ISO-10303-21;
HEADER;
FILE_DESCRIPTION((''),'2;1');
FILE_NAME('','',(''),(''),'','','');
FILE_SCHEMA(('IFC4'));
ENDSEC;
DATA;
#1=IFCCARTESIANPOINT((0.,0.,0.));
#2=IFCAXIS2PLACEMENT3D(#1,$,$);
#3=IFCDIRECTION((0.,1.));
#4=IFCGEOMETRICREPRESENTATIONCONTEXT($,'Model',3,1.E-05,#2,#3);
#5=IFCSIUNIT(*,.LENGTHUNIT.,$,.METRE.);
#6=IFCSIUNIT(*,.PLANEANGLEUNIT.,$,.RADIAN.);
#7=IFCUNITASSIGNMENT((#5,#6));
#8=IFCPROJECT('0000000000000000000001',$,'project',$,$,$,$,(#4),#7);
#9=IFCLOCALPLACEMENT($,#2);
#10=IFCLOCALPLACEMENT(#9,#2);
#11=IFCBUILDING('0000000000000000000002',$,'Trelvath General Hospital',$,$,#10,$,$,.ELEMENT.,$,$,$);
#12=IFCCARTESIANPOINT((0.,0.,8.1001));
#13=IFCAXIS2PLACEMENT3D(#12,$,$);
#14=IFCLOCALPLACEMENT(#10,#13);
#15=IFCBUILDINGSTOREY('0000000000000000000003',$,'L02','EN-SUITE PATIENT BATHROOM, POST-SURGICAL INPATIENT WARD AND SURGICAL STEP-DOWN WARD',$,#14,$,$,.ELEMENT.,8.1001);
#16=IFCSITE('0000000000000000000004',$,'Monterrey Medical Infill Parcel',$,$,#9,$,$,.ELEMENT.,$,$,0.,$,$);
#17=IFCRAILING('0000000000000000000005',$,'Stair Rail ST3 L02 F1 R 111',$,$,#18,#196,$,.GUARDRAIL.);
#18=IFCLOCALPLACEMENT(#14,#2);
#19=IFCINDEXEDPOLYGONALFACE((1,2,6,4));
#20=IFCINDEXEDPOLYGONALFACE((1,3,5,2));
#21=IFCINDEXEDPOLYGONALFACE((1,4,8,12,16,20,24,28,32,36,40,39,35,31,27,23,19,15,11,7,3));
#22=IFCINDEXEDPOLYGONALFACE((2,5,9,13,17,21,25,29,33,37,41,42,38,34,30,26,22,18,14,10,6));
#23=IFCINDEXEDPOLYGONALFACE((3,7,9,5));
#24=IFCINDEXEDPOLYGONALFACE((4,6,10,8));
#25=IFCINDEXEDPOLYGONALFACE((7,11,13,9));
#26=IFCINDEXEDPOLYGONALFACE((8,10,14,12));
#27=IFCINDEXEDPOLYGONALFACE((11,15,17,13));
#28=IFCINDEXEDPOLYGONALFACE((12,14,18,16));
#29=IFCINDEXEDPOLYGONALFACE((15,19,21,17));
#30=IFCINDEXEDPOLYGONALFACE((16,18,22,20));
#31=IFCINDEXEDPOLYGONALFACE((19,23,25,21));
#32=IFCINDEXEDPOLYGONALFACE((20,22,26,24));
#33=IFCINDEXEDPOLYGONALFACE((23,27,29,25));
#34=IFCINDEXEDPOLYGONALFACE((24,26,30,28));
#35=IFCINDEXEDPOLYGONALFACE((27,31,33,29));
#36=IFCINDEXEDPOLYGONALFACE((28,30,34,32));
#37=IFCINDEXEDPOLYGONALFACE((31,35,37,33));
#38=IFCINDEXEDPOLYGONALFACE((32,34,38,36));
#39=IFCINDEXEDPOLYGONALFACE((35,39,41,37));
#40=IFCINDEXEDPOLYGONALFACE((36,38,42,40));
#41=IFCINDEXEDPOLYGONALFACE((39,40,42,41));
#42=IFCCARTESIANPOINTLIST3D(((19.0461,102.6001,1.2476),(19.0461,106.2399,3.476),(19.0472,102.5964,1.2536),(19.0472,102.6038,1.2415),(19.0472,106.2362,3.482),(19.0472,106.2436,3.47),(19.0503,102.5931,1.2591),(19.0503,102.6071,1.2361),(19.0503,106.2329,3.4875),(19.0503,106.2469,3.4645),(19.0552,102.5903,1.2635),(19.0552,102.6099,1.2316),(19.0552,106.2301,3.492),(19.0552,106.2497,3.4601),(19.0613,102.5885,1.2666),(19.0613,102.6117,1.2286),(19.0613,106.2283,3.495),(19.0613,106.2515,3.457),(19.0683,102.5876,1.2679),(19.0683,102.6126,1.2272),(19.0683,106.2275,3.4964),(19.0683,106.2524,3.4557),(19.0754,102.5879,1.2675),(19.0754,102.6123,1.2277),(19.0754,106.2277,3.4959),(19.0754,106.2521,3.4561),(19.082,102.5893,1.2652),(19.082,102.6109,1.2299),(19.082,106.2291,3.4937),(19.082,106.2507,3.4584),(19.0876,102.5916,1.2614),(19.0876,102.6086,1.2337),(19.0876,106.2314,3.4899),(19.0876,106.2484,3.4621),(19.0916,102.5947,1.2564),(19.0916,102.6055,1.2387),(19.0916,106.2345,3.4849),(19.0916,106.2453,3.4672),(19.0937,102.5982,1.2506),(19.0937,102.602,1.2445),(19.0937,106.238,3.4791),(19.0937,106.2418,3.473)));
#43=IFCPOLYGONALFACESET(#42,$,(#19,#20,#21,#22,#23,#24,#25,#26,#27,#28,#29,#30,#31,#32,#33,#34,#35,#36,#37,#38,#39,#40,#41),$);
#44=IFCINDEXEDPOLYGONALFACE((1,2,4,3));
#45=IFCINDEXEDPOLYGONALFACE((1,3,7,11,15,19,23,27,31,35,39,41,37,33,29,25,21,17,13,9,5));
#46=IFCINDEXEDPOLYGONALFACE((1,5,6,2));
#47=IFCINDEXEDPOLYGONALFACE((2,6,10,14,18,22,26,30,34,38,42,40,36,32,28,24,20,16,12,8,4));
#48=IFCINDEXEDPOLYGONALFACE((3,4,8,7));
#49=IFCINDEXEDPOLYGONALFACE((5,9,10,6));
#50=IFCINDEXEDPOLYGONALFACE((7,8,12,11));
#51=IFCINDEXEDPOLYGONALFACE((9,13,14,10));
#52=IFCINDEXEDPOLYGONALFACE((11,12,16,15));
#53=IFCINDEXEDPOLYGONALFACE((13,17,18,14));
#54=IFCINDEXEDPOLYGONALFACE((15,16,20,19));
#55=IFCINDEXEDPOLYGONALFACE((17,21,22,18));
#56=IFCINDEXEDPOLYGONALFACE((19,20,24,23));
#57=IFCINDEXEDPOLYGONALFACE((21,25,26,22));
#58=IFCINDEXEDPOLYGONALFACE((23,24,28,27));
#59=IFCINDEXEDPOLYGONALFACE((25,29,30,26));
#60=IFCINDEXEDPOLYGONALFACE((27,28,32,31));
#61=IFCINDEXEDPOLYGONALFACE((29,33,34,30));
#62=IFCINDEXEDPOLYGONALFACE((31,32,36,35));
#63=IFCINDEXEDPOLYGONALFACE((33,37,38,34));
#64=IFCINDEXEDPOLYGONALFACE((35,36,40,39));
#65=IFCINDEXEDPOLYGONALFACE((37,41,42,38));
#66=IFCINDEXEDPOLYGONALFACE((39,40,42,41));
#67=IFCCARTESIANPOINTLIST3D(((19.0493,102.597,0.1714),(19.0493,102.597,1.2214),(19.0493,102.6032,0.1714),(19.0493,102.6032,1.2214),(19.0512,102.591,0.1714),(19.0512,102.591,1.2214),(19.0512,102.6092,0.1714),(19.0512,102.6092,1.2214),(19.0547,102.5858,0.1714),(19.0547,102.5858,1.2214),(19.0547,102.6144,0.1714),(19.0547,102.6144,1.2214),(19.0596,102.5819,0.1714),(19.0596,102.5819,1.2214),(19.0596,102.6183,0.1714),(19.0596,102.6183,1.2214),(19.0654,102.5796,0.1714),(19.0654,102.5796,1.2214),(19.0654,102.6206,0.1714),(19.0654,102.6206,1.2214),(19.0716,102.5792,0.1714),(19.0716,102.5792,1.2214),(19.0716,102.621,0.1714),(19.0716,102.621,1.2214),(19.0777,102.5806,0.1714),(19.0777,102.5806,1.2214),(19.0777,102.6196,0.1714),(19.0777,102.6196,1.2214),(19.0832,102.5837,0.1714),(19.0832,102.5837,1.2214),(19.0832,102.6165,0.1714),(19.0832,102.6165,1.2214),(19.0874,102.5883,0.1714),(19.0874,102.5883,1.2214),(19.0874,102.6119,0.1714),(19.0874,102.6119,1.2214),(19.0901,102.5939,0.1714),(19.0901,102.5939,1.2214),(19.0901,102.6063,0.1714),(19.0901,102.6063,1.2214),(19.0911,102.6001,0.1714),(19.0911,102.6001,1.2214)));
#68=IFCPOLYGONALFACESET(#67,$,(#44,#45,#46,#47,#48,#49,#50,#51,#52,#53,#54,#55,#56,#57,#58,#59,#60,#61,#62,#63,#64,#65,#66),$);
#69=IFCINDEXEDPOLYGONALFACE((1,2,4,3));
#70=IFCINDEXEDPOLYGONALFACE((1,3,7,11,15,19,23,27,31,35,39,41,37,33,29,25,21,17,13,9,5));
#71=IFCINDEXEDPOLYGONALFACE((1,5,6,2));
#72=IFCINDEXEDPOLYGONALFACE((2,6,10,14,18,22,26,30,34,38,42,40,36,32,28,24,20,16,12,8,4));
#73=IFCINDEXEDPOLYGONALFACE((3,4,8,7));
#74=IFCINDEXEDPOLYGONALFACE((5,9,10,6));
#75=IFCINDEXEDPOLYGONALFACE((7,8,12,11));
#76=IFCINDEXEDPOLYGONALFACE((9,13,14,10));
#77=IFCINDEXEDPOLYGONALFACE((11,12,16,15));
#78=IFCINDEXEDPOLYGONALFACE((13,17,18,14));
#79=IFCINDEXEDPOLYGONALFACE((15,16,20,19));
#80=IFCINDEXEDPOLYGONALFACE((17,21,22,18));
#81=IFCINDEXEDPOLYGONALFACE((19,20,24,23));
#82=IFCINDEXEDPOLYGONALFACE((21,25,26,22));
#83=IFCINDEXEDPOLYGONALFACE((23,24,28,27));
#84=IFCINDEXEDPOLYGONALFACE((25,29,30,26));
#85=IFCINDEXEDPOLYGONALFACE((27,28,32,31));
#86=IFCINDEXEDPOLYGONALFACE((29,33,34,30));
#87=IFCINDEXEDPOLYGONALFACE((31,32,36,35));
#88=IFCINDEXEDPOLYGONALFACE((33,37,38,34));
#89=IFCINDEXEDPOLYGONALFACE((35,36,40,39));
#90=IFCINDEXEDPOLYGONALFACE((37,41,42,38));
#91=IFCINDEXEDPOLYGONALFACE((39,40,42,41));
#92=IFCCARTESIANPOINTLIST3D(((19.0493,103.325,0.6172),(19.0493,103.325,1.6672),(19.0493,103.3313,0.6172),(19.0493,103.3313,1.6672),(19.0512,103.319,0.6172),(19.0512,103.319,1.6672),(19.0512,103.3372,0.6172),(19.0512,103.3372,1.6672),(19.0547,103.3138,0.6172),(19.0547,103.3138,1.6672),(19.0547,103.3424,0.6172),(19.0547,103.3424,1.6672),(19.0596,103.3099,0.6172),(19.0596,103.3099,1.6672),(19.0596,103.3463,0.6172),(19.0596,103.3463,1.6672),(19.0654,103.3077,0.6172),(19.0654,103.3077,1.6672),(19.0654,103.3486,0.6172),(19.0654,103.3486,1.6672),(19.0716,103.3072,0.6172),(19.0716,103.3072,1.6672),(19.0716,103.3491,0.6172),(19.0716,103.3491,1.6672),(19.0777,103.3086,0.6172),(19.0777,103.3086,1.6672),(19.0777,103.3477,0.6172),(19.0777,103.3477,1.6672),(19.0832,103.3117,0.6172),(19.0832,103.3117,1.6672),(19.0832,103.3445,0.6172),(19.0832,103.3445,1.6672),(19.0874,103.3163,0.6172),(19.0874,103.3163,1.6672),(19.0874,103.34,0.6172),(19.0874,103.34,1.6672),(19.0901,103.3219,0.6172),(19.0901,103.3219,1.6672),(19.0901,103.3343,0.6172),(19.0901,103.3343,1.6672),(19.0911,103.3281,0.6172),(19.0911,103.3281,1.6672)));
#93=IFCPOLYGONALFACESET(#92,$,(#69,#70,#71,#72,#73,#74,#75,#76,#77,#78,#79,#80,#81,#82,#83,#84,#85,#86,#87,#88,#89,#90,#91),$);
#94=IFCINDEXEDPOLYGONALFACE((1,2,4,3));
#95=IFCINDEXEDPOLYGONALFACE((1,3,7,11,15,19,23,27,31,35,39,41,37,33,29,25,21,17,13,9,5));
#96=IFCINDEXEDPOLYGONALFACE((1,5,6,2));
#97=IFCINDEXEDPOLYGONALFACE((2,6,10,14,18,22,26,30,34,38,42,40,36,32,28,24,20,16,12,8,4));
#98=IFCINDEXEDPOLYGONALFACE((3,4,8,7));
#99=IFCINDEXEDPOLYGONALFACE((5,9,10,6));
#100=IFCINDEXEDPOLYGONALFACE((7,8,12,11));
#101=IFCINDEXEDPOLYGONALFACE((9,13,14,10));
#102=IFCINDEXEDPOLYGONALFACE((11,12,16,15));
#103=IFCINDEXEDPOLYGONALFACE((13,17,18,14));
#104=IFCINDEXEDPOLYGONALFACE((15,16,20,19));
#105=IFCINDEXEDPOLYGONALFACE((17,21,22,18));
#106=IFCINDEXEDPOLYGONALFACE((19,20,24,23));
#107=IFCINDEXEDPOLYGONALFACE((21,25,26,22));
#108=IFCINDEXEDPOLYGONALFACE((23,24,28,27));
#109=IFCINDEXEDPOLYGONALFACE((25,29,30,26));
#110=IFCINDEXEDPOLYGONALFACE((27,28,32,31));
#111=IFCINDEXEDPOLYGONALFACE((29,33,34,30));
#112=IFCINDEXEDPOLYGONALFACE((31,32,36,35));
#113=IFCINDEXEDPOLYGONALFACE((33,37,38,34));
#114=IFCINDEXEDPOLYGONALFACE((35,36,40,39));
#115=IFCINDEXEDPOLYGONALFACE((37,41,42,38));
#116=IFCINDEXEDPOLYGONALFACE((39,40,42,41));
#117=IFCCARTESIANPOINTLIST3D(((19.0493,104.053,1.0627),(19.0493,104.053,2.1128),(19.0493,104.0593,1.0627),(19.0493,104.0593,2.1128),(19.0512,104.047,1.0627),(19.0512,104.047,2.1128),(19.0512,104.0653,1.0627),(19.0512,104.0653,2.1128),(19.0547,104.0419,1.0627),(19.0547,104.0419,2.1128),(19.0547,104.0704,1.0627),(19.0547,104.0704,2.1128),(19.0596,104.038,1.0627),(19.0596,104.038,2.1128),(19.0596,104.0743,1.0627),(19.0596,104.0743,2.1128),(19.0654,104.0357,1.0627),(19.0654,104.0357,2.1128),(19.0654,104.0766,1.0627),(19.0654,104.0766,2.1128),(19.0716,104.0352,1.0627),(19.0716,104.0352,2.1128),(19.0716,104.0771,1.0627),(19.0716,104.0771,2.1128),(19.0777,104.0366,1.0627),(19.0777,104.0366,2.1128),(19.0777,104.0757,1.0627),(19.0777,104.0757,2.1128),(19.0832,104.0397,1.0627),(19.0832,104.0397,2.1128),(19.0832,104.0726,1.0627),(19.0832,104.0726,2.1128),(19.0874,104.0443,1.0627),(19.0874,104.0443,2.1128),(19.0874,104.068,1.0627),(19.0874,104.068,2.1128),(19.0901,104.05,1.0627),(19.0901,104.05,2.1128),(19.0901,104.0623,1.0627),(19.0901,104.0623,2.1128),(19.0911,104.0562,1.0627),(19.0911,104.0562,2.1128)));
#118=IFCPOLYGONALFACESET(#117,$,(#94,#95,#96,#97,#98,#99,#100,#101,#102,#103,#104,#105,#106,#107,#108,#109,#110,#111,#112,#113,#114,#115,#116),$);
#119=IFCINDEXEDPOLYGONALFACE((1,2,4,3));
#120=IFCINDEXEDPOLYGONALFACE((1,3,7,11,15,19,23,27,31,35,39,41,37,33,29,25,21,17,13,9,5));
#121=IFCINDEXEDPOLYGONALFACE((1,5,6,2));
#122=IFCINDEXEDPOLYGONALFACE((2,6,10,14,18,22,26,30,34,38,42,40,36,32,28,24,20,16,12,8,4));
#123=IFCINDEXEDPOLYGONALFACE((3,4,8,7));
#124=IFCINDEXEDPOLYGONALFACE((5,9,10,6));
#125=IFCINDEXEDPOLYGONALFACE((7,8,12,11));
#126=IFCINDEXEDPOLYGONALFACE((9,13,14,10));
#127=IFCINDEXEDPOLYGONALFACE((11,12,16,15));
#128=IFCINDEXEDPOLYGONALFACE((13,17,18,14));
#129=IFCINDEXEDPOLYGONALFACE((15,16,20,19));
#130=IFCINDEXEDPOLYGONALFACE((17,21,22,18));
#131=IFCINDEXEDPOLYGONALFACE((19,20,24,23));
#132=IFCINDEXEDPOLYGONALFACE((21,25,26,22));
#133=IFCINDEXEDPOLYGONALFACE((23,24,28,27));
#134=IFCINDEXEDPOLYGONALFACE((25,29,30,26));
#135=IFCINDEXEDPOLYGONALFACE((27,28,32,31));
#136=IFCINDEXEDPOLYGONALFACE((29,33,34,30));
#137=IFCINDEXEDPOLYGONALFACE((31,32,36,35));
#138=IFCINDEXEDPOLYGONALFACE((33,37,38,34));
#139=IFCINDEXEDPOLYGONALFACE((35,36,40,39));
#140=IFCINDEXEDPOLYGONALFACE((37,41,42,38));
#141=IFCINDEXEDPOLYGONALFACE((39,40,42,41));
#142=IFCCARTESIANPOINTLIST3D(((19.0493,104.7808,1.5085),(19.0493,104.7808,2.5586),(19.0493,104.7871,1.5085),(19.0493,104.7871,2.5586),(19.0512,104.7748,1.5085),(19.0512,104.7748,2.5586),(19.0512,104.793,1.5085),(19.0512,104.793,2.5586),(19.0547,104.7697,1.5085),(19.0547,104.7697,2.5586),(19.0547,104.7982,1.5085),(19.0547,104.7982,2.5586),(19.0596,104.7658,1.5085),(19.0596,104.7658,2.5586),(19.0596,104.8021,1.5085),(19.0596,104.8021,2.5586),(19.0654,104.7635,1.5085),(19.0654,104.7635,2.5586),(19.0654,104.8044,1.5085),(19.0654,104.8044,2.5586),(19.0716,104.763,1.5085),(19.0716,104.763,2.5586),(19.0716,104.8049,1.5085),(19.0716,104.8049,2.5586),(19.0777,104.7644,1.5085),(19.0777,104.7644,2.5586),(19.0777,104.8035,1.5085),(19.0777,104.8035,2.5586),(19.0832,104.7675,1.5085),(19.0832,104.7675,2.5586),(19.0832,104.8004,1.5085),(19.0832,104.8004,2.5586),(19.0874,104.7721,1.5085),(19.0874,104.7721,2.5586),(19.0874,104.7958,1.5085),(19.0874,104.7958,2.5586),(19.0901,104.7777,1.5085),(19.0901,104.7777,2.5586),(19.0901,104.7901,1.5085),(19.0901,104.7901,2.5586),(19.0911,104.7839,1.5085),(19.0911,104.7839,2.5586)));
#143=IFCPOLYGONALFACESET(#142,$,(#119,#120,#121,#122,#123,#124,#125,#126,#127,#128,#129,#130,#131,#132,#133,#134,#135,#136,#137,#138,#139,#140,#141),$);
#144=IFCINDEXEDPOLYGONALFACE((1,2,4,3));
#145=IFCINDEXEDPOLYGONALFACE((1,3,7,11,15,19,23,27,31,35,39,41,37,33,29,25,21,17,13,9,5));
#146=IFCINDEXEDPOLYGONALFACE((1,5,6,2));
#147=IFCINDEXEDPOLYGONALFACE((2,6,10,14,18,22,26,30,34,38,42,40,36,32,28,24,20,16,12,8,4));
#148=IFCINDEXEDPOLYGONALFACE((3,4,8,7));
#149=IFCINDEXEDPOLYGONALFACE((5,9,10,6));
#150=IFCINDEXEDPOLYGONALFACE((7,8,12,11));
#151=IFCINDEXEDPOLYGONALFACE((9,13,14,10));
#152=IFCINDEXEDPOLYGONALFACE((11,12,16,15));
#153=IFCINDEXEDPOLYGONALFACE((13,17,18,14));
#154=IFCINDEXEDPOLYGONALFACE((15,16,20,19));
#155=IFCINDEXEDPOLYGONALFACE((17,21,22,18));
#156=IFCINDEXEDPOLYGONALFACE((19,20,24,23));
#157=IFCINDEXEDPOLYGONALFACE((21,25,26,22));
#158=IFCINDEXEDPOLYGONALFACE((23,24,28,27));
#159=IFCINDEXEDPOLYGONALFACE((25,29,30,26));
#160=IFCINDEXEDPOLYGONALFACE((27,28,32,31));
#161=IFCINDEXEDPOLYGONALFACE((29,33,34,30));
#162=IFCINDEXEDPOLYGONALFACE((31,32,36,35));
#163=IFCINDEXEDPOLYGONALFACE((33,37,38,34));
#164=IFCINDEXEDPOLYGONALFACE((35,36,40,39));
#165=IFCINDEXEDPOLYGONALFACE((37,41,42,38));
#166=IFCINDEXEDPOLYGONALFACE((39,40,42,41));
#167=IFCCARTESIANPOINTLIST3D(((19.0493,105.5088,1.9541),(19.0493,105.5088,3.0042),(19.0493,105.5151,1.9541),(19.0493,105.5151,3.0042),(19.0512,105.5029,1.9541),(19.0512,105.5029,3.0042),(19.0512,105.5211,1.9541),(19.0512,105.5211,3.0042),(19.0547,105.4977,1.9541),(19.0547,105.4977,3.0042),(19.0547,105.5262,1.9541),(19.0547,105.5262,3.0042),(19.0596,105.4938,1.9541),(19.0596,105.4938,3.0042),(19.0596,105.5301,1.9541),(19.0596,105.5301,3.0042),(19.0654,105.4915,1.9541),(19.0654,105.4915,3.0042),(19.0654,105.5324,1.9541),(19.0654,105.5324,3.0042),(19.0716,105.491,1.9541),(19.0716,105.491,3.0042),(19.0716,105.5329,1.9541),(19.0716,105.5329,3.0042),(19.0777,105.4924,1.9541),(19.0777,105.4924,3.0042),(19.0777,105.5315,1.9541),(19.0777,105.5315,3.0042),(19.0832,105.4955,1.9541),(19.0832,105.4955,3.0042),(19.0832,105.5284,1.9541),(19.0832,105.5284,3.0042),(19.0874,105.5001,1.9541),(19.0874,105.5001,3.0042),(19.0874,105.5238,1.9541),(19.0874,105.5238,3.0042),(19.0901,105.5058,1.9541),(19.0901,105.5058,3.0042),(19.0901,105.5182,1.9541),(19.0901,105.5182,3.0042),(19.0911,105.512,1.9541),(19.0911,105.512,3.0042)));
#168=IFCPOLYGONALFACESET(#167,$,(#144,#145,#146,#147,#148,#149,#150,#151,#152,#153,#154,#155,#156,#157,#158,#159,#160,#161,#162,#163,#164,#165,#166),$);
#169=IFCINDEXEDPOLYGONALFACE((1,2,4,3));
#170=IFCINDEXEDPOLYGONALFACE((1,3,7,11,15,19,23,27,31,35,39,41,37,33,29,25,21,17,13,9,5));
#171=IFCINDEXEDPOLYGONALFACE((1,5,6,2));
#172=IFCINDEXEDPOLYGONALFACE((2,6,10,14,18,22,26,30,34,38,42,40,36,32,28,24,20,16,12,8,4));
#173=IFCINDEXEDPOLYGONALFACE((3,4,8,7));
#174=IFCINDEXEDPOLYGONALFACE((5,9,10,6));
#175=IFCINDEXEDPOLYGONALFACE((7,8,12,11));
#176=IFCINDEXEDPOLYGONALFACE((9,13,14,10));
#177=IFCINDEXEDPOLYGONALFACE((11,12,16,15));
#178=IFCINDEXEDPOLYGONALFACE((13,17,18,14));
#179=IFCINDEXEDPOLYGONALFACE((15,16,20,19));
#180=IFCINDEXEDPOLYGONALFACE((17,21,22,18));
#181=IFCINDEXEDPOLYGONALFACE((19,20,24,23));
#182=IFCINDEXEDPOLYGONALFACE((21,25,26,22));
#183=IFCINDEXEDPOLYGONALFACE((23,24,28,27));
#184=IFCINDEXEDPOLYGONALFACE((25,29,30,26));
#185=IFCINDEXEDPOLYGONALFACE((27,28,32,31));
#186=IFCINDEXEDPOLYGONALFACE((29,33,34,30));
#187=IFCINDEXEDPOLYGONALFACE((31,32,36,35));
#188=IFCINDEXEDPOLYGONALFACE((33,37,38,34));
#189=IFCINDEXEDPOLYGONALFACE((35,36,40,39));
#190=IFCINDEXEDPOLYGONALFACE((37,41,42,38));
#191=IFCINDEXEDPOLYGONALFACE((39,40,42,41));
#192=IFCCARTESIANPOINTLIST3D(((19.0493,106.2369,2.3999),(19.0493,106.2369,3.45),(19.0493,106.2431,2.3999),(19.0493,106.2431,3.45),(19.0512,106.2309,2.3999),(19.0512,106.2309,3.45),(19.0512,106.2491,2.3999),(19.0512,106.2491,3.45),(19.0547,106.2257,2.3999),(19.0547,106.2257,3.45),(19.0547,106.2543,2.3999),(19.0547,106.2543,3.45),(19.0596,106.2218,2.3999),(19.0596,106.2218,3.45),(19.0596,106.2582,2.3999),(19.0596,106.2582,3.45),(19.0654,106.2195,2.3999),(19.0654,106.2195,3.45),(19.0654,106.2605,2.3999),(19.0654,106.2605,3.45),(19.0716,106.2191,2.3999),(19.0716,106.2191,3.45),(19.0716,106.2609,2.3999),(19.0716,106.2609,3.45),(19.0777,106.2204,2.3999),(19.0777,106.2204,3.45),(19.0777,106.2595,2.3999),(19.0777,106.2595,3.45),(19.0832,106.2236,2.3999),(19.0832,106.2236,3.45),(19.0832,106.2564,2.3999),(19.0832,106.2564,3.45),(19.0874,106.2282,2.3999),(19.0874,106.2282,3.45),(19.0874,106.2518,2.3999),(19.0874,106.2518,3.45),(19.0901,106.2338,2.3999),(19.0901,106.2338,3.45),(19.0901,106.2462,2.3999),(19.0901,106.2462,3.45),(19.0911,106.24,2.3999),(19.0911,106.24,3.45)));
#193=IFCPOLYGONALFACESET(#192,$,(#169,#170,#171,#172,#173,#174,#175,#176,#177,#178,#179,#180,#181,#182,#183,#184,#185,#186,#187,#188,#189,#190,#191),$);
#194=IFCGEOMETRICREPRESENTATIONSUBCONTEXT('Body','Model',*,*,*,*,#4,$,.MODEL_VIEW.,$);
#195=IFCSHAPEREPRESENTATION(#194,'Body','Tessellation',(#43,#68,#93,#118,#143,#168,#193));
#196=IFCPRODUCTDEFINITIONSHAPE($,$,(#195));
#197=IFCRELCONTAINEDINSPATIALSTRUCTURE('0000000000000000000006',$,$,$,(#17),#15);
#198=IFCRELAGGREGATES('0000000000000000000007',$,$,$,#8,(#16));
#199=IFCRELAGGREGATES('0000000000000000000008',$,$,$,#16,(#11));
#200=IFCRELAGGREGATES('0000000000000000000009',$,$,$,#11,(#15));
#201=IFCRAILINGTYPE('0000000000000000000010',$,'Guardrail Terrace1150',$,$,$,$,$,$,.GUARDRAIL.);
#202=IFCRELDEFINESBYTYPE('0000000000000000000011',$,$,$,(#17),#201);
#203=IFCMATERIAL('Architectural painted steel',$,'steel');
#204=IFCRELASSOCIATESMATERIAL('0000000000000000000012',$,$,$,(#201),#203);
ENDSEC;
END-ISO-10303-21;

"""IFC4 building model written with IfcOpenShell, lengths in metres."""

from ifc_helpers import new_model, si_unit, direction, frame, origin, origin_2d, place, context, subcontext, project, spatial, circle, extrude, material, type_object, element, save


model = new_model("IFC4")

# Units and contexts
model_context = context("Model", 3, precision=1e-05, world=origin(), true_north=direction((0.0, 1.0)))
body_context = subcontext(model_context, "Body", "Model", "MODEL_VIEW")
ifc_project = project(units=[si_unit("LENGTHUNIT", "METRE"), si_unit("PLANEANGLEUNIT", "RADIAN")], contexts=[model_context])

# Site, building, storey
site_placement = place(None, origin())
site = spatial("IfcSite", under=ifc_project, at=site_placement, Name="Monterrey Medical Infill Parcel", CompositionType="ELEMENT", RefElevation=0.0)
building_placement = place(site_placement, origin())
building = spatial("IfcBuilding", under=site, at=building_placement, Name="Trelvath General Hospital", CompositionType="ELEMENT")
storey_placement = place(building_placement, frame((0.0, 0.0, 8.1001)))
storey = spatial("IfcBuildingStorey", under=building, at=storey_placement, Name="L02", Description="EN-SUITE PATIENT BATHROOM, POST-SURGICAL INPATIENT WARD AND SURGICAL STEP-DOWN WARD", CompositionType="ELEMENT", Elevation=8.1001)

# Railing
ifc_material_1 = material(Name="Architectural painted steel", Category="steel")
railing_type_1 = type_object("IfcRailingType", Name="Guardrail Terrace1150", PredefinedType="GUARDRAIL", material=ifc_material_1)
railing_1_placement = place(storey_placement, frame((19.0701, 102.6001, 0.1714)))
element("IfcRailing", 1, at=railing_1_placement, inside=storey, type_object=railing_type_1, Name="Stair Rail ST3 L02 F1 R 111", PredefinedType="GUARDRAIL", context=body_context, shape_type="SweptSolid", body=[
    extrude(circle(Radius=0.0239, at=origin_2d()), frame((0.0, 0.0, 1.0762), z_axis=(0.0, 0.85285, 0.522156), x_axis=(-1.0, 0.0, 0.0)), (0.0, 0.0, 1.0), 4.2678),
    extrude(circle(Radius=0.021, at=origin_2d()), origin(), (0.0, 0.0, 1.0), 1.05),
    extrude(circle(Radius=0.021, at=origin_2d()), frame((0.0, 0.728, 0.4458)), (0.0, 0.0, 1.0), 1.05),
    extrude(circle(Radius=0.021, at=origin_2d()), frame((0.0, 1.4561, 0.8914)), (0.0, 0.0, 1.0), 1.05),
    extrude(circle(Radius=0.021, at=origin_2d()), frame((0.0, 2.1838, 1.3372)), (0.0, 0.0, 1.0), 1.05),
    extrude(circle(Radius=0.021, at=origin_2d()), frame((0.0, 2.9119, 1.7827)), (0.0, 0.0, 1.0), 1.05),
    extrude(circle(Radius=0.021, at=origin_2d()), frame((0.0, 3.6399, 2.2285)), (0.0, 0.0, 1.0), 1.05),
])

save(model, "model.ifc")
